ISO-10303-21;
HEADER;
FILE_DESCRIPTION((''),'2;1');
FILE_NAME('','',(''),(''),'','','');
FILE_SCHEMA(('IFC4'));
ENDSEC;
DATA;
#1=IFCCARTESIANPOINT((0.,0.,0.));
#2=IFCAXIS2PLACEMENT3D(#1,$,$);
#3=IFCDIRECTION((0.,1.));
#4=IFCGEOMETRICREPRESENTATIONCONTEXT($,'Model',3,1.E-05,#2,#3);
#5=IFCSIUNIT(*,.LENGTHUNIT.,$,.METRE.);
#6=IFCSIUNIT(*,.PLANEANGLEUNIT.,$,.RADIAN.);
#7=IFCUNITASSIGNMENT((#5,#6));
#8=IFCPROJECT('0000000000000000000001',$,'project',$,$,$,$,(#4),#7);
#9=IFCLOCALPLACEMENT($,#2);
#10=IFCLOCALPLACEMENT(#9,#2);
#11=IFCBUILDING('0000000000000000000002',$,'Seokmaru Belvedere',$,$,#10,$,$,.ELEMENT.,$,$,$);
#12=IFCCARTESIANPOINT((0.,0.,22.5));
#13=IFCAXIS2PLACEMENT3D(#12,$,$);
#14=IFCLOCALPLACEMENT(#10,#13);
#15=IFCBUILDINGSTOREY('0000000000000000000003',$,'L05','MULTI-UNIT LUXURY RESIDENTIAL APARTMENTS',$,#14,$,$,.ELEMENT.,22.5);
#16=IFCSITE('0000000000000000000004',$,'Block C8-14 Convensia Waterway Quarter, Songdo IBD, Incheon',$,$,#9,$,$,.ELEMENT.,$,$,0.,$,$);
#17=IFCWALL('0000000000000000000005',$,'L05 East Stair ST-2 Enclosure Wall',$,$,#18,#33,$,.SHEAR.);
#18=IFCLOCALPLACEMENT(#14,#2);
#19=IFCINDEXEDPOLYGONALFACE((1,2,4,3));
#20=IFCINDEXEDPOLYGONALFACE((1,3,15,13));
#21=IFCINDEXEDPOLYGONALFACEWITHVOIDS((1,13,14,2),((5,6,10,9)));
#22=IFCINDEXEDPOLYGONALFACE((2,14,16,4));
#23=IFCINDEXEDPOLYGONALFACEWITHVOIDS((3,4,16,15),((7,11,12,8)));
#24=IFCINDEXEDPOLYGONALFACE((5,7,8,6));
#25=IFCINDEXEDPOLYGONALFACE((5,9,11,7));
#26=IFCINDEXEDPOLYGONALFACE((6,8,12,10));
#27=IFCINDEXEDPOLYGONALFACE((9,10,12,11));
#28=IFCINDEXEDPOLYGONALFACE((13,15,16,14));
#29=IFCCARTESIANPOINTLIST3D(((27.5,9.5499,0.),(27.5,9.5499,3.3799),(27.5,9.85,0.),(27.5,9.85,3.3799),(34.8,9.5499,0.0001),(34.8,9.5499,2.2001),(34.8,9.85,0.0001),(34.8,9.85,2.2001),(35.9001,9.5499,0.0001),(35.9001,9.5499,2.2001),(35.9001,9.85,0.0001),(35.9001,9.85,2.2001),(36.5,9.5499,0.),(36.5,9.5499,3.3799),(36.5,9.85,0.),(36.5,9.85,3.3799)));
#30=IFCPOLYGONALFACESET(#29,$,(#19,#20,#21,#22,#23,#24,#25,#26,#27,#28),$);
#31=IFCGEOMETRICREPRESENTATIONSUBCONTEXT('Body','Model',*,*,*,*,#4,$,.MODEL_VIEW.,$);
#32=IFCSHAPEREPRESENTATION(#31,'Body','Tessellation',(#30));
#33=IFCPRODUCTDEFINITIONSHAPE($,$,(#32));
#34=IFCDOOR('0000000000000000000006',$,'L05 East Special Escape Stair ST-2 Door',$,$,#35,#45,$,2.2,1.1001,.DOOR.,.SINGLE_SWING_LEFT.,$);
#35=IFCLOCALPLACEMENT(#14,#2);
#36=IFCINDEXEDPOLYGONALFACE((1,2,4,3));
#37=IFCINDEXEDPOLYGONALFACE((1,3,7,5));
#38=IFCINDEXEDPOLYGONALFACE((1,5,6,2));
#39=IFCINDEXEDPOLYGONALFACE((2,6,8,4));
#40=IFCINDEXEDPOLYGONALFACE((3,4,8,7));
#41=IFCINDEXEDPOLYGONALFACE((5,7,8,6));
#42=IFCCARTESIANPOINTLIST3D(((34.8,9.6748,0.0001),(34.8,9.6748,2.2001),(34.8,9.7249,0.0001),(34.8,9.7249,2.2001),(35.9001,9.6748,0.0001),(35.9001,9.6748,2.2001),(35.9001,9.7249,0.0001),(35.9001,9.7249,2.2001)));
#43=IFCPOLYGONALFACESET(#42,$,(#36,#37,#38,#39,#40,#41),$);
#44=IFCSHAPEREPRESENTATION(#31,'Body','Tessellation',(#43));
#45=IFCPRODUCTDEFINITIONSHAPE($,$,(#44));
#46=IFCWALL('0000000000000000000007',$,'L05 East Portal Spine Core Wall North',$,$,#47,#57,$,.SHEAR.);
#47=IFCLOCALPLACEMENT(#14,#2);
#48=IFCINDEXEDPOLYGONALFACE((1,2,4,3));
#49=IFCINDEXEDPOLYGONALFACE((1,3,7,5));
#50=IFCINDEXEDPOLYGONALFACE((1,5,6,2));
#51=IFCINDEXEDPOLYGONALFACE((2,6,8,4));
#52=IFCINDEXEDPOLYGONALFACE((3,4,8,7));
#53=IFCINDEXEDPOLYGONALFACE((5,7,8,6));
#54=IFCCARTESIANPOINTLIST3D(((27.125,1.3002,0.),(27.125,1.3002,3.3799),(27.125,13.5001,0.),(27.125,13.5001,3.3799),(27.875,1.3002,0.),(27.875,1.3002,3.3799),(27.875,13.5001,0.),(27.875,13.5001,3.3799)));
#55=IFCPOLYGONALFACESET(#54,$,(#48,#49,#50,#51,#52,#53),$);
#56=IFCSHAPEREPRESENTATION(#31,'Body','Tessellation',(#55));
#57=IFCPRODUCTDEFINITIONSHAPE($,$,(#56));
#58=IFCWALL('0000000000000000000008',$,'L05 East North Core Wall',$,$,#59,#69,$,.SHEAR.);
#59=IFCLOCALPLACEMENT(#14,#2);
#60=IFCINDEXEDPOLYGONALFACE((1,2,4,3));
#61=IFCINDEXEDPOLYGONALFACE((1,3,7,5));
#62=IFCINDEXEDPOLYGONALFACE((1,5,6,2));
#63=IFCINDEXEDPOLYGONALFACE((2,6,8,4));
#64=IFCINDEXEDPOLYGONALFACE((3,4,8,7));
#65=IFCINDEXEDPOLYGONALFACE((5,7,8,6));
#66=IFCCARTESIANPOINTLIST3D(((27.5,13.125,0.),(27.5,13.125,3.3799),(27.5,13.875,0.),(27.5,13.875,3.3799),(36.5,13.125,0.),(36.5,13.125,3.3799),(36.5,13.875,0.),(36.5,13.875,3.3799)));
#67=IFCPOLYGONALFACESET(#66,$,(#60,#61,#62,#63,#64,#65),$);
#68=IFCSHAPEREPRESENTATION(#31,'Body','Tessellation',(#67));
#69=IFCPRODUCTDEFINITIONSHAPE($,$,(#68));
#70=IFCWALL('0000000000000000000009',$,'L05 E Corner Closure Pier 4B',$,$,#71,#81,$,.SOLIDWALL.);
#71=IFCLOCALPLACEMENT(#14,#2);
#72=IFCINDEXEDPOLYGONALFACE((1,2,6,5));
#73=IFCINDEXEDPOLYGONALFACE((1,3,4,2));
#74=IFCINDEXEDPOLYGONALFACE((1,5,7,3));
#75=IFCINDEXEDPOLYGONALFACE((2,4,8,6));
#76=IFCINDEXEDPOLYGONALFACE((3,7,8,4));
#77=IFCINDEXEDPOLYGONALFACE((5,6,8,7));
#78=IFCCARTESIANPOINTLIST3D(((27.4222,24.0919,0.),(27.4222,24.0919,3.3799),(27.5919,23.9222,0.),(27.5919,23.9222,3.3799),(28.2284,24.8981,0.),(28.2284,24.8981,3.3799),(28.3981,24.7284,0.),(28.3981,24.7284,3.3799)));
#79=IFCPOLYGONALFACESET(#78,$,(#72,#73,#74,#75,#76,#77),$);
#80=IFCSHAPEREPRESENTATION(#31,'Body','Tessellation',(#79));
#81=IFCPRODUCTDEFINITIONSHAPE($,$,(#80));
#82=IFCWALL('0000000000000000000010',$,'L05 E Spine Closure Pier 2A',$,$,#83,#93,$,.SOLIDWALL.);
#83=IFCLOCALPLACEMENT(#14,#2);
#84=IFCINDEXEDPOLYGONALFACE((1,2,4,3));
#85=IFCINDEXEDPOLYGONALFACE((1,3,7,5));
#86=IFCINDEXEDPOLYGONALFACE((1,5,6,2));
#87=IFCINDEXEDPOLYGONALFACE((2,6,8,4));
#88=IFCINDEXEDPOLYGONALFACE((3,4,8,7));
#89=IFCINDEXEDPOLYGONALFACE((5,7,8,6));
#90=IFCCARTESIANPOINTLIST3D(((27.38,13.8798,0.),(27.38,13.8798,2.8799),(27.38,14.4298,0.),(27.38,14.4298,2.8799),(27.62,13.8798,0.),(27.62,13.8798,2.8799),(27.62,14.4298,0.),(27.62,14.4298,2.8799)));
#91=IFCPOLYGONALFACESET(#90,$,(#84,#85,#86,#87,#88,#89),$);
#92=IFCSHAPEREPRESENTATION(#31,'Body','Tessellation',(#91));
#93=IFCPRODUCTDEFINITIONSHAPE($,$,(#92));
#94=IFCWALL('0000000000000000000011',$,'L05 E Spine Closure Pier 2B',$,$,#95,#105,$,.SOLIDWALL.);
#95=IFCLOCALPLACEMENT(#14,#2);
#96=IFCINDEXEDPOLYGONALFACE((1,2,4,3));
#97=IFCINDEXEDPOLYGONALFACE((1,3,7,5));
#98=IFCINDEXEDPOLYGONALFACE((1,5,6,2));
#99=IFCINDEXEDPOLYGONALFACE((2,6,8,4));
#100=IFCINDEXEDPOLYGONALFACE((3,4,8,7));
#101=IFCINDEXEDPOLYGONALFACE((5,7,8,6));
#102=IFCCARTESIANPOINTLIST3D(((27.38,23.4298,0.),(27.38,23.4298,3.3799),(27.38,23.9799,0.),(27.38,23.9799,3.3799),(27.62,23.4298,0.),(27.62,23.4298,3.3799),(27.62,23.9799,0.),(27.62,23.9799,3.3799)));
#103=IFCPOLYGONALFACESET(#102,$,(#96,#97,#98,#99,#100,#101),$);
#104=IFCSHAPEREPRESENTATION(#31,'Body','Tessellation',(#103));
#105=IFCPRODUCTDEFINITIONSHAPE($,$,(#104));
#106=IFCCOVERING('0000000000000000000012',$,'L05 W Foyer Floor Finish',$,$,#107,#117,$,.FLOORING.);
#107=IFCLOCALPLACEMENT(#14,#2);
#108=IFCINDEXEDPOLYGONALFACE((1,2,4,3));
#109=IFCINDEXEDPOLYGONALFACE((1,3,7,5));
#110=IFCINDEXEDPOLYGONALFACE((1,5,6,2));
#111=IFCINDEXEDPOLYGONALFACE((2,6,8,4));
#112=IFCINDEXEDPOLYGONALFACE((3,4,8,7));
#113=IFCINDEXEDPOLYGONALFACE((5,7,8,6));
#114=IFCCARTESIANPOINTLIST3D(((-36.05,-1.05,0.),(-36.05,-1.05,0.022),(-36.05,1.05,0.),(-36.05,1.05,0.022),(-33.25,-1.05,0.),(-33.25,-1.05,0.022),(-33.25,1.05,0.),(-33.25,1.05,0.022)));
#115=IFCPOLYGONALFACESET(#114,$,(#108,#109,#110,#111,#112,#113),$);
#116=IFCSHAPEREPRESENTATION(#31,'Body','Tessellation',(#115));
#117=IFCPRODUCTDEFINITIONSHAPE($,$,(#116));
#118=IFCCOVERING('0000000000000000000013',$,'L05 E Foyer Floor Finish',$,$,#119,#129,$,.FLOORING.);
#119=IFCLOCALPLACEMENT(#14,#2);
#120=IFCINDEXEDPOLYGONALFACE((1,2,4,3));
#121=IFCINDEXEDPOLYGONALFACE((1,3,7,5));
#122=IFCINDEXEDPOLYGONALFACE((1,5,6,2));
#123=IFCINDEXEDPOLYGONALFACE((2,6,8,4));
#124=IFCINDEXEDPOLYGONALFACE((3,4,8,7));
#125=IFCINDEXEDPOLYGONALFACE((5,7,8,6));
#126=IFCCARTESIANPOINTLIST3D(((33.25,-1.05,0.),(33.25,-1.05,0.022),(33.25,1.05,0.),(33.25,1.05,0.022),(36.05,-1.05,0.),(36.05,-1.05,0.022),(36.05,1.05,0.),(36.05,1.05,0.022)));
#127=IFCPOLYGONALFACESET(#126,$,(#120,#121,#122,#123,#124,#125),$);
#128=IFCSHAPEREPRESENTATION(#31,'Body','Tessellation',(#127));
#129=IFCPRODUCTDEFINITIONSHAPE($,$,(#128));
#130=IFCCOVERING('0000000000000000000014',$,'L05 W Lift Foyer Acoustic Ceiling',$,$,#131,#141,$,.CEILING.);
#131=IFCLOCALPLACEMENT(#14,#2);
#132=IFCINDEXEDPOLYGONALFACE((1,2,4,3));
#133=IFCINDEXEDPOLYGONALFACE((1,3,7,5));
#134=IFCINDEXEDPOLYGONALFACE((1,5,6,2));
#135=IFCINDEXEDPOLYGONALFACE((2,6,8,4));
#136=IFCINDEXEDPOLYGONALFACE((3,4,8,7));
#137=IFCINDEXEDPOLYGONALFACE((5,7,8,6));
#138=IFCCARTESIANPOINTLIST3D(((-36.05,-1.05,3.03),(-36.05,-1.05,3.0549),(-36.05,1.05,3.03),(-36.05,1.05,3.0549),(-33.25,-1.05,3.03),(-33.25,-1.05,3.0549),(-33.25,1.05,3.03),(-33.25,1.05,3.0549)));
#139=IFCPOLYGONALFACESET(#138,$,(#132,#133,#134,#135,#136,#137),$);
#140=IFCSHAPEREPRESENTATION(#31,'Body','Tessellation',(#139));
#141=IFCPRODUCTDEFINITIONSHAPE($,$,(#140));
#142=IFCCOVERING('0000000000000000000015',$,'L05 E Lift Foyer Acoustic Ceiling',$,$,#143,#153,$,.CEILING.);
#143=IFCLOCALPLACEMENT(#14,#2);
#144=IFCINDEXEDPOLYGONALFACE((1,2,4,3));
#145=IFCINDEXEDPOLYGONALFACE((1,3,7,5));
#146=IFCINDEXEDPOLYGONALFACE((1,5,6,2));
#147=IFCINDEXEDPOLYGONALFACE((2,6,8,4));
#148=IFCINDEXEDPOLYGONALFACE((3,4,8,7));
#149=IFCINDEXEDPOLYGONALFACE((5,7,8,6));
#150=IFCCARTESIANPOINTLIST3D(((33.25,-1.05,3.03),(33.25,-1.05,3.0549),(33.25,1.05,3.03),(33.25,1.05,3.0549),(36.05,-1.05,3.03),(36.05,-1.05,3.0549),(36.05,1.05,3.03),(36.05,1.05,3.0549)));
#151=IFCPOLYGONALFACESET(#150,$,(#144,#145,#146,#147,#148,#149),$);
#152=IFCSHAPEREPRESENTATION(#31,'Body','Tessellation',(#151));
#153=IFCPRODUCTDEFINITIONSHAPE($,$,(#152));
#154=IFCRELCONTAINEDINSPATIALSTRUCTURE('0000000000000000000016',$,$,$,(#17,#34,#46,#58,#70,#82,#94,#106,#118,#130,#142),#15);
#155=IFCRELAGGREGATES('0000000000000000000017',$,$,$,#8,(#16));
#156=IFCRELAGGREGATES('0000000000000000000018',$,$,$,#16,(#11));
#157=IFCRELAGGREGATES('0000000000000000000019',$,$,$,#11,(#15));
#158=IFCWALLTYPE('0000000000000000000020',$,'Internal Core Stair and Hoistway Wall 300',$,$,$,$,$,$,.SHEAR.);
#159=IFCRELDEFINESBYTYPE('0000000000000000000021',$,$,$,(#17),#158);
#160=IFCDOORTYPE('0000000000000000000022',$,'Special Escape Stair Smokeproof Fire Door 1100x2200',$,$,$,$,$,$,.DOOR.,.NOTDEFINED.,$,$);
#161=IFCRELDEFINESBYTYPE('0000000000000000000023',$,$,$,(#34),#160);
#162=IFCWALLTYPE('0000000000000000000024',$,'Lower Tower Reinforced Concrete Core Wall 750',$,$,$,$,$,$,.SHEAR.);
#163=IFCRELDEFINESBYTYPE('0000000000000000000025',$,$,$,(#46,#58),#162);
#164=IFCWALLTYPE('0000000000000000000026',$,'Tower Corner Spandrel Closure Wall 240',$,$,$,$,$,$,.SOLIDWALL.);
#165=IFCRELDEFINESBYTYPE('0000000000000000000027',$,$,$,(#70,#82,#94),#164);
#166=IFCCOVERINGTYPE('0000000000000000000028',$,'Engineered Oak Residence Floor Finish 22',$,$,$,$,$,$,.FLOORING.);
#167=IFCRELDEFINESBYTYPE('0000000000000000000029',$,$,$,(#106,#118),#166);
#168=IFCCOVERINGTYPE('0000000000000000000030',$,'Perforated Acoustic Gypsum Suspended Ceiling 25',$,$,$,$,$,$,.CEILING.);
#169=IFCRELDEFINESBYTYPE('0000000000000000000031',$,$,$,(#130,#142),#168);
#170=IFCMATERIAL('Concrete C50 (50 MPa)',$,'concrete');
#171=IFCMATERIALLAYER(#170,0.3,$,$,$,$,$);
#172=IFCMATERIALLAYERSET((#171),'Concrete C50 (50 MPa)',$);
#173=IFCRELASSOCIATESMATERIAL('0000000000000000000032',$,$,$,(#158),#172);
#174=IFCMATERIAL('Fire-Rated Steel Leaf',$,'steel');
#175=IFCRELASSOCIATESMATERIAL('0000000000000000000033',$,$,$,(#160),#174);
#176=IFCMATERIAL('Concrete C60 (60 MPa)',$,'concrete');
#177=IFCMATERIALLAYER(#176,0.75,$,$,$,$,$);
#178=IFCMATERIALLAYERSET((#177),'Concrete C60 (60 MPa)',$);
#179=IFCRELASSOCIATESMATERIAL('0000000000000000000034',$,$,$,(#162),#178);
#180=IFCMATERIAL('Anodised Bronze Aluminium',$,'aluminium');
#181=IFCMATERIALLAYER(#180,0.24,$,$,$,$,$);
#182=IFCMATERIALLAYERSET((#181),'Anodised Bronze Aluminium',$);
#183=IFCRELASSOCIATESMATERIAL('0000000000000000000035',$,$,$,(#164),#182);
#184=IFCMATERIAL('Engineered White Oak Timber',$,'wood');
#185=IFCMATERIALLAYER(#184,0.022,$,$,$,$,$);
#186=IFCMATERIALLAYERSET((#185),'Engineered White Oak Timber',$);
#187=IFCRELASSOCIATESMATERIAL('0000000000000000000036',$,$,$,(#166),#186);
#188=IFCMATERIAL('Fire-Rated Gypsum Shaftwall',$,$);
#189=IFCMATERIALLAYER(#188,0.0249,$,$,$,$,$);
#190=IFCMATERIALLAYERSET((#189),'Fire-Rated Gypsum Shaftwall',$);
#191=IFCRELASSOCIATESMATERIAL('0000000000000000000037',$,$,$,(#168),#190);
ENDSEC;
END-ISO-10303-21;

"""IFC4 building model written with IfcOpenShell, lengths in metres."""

from ifc_helpers import new_model, si_unit, direction, frame, frame_2d, origin, place, context, subcontext, project, spatial, polyline, rectangle, outline, extrude, source, transform, mapped, material, layer, layer_set, type_object, type_shapes, element, fill, save


model = new_model("IFC4")

# Units and contexts
model_context = context("Model", 3, precision=1e-05, world=origin(), true_north=direction((0.0, 1.0)))
body_context = subcontext(model_context, "Body", "Model", "MODEL_VIEW")
ifc_project = project(units=[si_unit("LENGTHUNIT", "METRE"), si_unit("PLANEANGLEUNIT", "RADIAN")], contexts=[model_context])

# Site, building, storey
site_placement = place(None, origin())
site = spatial("IfcSite", under=ifc_project, at=site_placement, Name="Block C8-14 Convensia Waterway Quarter, Songdo IBD, Incheon", CompositionType="ELEMENT", RefElevation=0.0)
building_placement = place(site_placement, origin())
building = spatial("IfcBuilding", under=site, at=building_placement, Name="Seokmaru Belvedere", CompositionType="ELEMENT")
storey_placement = place(building_placement, frame((0.0, 0.0, 22.5)))
storey = spatial("IfcBuildingStorey", under=building, at=storey_placement, Name="L05", Description="MULTI-UNIT LUXURY RESIDENTIAL APARTMENTS", CompositionType="ELEMENT", Elevation=22.5)

# Shared definitions
ifc_material_1 = material(Name="Anodised Bronze Aluminium", Category="aluminium")

# Shared definitions
ifc_material_2 = material(Name="Fire-Rated Gypsum Shaftwall")

# Shared definitions
ifc_material_3 = material(Name="Concrete C50 (50 MPa)", Category="concrete")

# Wall, opening, door
ifc_layer_1 = layer(ifc_material_3, 0.3)
ifc_layer_set_1 = layer_set([ifc_layer_1], Name="Concrete C50 (50 MPa)")
wall_type_1 = type_object("IfcWallType", Name="Internal Core Stair and Hoistway Wall 300", PredefinedType="SHEAR", material=ifc_layer_set_1)
wall_1_placement = place(storey_placement, frame((27.5, 9.7, 0.0), z_axis=(0.0, 0.0, 1.0), x_axis=(1.0, 0.0, 0.0)))
wall_1 = element("IfcWall", 1, at=wall_1_placement, inside=storey, type_object=wall_type_1, Name="L05 East Stair ST-2 Enclosure Wall", PredefinedType="SHEAR", context=body_context, shape_type="SweptSolid", body=[
    extrude(rectangle(XDim=9.0, YDim=0.3, at=frame_2d((4.5, 0.0))), origin(), (0.0, 0.0, 1.0), 3.3799),
])
opening_1_placement = place(wall_1_placement, frame((7.3, 0.0, 0.0)))
opening_1 = element("IfcOpeningElement", 2, at=opening_1_placement, cuts=wall_1, PredefinedType="OPENING", context=body_context, shape_type="SweptSolid", body=[
    extrude(rectangle(XDim=1.1001, YDim=2.2, at=frame_2d((0.55, 1.1001))), frame((0.0, 0.1602, 0.0), z_axis=(0.0, -1.0, 0.0), x_axis=(1.0, 0.0, 0.0)), (0.0, 0.0, 1.0), 0.3201),
])
ifc_material_4 = material(Name="Fire-Rated Steel Leaf", Category="steel")
door_type = type_object("IfcDoorType", Name="Special Escape Stair Smokeproof Fire Door 1100x2200", OperationType="NOTDEFINED", PredefinedType="DOOR", material=ifc_material_4)
shared_shape_1 = source(origin(), body_context, "Body", "SweptSolid", [
    extrude(rectangle(XDim=1.1001, YDim=2.2, at=frame_2d((0.55, 1.1001))), frame((0.0, 0.0249, 0.0), z_axis=(0.0, -1.0, 0.0), x_axis=(1.0, 0.0, 0.0)), (0.0, 0.0, 1.0), 0.05),
])
type_shapes(door_type, [shared_shape_1])
door_placement = place(opening_1_placement, origin())
door = element("IfcDoor", 3, at=door_placement, inside=storey, type_object=door_type, Name="L05 East Special Escape Stair ST-2 Door", OperationType="SINGLE_SWING_LEFT", OverallHeight=2.2, OverallWidth=1.1001, PredefinedType="DOOR", context=body_context, shape_type="MappedRepresentation", body=[
    mapped(shared_shape_1, transform((0.0, 0.0, 0.0), scale=1.0)),
])
fill(opening_1, door)

# Walls
ifc_material_5 = material(Name="Concrete C60 (60 MPa)", Category="concrete")
ifc_layer_2 = layer(ifc_material_5, 0.75)
ifc_layer_set_2 = layer_set([ifc_layer_2], Name="Concrete C60 (60 MPa)")
wall_type_2 = type_object("IfcWallType", Name="Lower Tower Reinforced Concrete Core Wall 750", PredefinedType="SHEAR", material=ifc_layer_set_2)
wall_2_placement = place(storey_placement, frame((27.5, 1.3, 0.0), z_axis=(0.0, 0.0, 1.0), x_axis=(0.0, 1.0, 0.0)))
element("IfcWall", 4, at=wall_2_placement, inside=storey, type_object=wall_type_2, Name="L05 East Portal Spine Core Wall North", PredefinedType="SHEAR", context=body_context, shape_type="SweptSolid", body=[
    extrude(rectangle(XDim=12.2, YDim=0.75, at=frame_2d((6.1001, 0.0))), origin(), (0.0, 0.0, 1.0), 3.3799),
])
wall_3_placement = place(storey_placement, frame((27.5, 13.5, 0.0), z_axis=(0.0, 0.0, 1.0), x_axis=(1.0, 0.0, 0.0)))
element("IfcWall", 5, at=wall_3_placement, inside=storey, type_object=wall_type_2, Name="L05 East North Core Wall", PredefinedType="SHEAR", context=body_context, shape_type="SweptSolid", body=[
    extrude(rectangle(XDim=9.0, YDim=0.75, at=frame_2d((4.5, 0.0))), origin(), (0.0, 0.0, 1.0), 3.3799),
])
ifc_layer_3 = layer(ifc_material_1, 0.24)
ifc_layer_set_3 = layer_set([ifc_layer_3], Name="Anodised Bronze Aluminium")
wall_type_3 = type_object("IfcWallType", Name="Tower Corner Spandrel Closure Wall 240", PredefinedType="SOLIDWALL", material=ifc_layer_set_3)
wall_4_placement = place(storey_placement, frame((28.3132, 24.8132, 0.0), z_axis=(0.0, 0.0, 1.0), x_axis=(-0.707107, -0.707107, 0.0)))
element("IfcWall", 6, at=wall_4_placement, inside=storey, type_object=wall_type_3, Name="L05 E Corner Closure Pier 4B", PredefinedType="SOLIDWALL", context=body_context, shape_type="SweptSolid", body=[
    extrude(rectangle(XDim=1.1401, YDim=0.24, at=frame_2d((0.5701, 0.0))), origin(), (0.0, 0.0, 1.0), 3.3799),
])
wall_5_placement = place(storey_placement, frame((27.5, 13.8799, 0.0), z_axis=(0.0, 0.0, 1.0), x_axis=(0.0, 1.0, 0.0)))
element("IfcWall", 7, at=wall_5_placement, inside=storey, type_object=wall_type_3, Name="L05 E Spine Closure Pier 2A", PredefinedType="SOLIDWALL", context=body_context, shape_type="SweptSolid", body=[
    extrude(rectangle(XDim=0.55, YDim=0.24, at=frame_2d((0.2749, 0.0))), origin(), (0.0, 0.0, 1.0), 2.8799),
])
wall_6_placement = place(storey_placement, frame((27.5, 23.4299, 0.0), z_axis=(0.0, 0.0, 1.0), x_axis=(0.0, 1.0, 0.0)))
element("IfcWall", 8, at=wall_6_placement, inside=storey, type_object=wall_type_3, Name="L05 E Spine Closure Pier 2B", PredefinedType="SOLIDWALL", context=body_context, shape_type="SweptSolid", body=[
    extrude(rectangle(XDim=0.55, YDim=0.24, at=frame_2d((0.2749, 0.0))), origin(), (0.0, 0.0, 1.0), 3.3799),
])

# Coverings
ifc_material_6 = material(Name="Engineered White Oak Timber", Category="wood")
ifc_layer_4 = layer(ifc_material_6, 0.022)
ifc_layer_set_4 = layer_set([ifc_layer_4], Name="Engineered White Oak Timber")
covering_type_1 = type_object("IfcCoveringType", Name="Engineered Oak Residence Floor Finish 22", PredefinedType="FLOORING", material=ifc_layer_set_4)
covering_1_placement = place(storey_placement, origin())
element("IfcCovering", 9, at=covering_1_placement, inside=storey, type_object=covering_type_1, Name="L05 W Foyer Floor Finish", PredefinedType="FLOORING", context=body_context, shape_type="SweptSolid", body=[
    extrude(outline(polyline([(-36.05, -1.05), (-33.25, -1.05), (-33.25, 1.05), (-36.05, 1.05), (-36.05, -1.05)])), origin(), (0.0, 0.0, 1.0), 0.022),
])
covering_2_placement = place(storey_placement, origin())
element("IfcCovering", 10, at=covering_2_placement, inside=storey, type_object=covering_type_1, Name="L05 E Foyer Floor Finish", PredefinedType="FLOORING", context=body_context, shape_type="SweptSolid", body=[
    extrude(outline(polyline([(33.25, -1.05), (36.05, -1.05), (36.05, 1.05), (33.25, 1.05), (33.25, -1.05)])), origin(), (0.0, 0.0, 1.0), 0.022),
])
ifc_layer_5 = layer(ifc_material_2, 0.0249)
ifc_layer_set_5 = layer_set([ifc_layer_5], Name="Fire-Rated Gypsum Shaftwall")
covering_type_2 = type_object("IfcCoveringType", Name="Perforated Acoustic Gypsum Suspended Ceiling 25", PredefinedType="CEILING", material=ifc_layer_set_5)
covering_3_placement = place(storey_placement, frame((0.0, 0.0, 3.03)))
element("IfcCovering", 11, at=covering_3_placement, inside=storey, type_object=covering_type_2, Name="L05 W Lift Foyer Acoustic Ceiling", PredefinedType="CEILING", context=body_context, shape_type="SweptSolid", body=[
    extrude(outline(polyline([(-36.05, -1.05), (-33.25, -1.05), (-33.25, 1.05), (-36.05, 1.05), (-36.05, -1.05)])), origin(), (0.0, 0.0, 1.0), 0.0249),
])
covering_4_placement = place(storey_placement, frame((0.0, 0.0, 3.03)))
element("IfcCovering", 12, at=covering_4_placement, inside=storey, type_object=covering_type_2, Name="L05 E Lift Foyer Acoustic Ceiling", PredefinedType="CEILING", context=body_context, shape_type="SweptSolid", body=[
    extrude(outline(polyline([(33.25, -1.05), (36.05, -1.05), (36.05, 1.05), (33.25, 1.05), (33.25, -1.05)])), origin(), (0.0, 0.0, 1.0), 0.0249),
])

save(model, "model.ifc")
